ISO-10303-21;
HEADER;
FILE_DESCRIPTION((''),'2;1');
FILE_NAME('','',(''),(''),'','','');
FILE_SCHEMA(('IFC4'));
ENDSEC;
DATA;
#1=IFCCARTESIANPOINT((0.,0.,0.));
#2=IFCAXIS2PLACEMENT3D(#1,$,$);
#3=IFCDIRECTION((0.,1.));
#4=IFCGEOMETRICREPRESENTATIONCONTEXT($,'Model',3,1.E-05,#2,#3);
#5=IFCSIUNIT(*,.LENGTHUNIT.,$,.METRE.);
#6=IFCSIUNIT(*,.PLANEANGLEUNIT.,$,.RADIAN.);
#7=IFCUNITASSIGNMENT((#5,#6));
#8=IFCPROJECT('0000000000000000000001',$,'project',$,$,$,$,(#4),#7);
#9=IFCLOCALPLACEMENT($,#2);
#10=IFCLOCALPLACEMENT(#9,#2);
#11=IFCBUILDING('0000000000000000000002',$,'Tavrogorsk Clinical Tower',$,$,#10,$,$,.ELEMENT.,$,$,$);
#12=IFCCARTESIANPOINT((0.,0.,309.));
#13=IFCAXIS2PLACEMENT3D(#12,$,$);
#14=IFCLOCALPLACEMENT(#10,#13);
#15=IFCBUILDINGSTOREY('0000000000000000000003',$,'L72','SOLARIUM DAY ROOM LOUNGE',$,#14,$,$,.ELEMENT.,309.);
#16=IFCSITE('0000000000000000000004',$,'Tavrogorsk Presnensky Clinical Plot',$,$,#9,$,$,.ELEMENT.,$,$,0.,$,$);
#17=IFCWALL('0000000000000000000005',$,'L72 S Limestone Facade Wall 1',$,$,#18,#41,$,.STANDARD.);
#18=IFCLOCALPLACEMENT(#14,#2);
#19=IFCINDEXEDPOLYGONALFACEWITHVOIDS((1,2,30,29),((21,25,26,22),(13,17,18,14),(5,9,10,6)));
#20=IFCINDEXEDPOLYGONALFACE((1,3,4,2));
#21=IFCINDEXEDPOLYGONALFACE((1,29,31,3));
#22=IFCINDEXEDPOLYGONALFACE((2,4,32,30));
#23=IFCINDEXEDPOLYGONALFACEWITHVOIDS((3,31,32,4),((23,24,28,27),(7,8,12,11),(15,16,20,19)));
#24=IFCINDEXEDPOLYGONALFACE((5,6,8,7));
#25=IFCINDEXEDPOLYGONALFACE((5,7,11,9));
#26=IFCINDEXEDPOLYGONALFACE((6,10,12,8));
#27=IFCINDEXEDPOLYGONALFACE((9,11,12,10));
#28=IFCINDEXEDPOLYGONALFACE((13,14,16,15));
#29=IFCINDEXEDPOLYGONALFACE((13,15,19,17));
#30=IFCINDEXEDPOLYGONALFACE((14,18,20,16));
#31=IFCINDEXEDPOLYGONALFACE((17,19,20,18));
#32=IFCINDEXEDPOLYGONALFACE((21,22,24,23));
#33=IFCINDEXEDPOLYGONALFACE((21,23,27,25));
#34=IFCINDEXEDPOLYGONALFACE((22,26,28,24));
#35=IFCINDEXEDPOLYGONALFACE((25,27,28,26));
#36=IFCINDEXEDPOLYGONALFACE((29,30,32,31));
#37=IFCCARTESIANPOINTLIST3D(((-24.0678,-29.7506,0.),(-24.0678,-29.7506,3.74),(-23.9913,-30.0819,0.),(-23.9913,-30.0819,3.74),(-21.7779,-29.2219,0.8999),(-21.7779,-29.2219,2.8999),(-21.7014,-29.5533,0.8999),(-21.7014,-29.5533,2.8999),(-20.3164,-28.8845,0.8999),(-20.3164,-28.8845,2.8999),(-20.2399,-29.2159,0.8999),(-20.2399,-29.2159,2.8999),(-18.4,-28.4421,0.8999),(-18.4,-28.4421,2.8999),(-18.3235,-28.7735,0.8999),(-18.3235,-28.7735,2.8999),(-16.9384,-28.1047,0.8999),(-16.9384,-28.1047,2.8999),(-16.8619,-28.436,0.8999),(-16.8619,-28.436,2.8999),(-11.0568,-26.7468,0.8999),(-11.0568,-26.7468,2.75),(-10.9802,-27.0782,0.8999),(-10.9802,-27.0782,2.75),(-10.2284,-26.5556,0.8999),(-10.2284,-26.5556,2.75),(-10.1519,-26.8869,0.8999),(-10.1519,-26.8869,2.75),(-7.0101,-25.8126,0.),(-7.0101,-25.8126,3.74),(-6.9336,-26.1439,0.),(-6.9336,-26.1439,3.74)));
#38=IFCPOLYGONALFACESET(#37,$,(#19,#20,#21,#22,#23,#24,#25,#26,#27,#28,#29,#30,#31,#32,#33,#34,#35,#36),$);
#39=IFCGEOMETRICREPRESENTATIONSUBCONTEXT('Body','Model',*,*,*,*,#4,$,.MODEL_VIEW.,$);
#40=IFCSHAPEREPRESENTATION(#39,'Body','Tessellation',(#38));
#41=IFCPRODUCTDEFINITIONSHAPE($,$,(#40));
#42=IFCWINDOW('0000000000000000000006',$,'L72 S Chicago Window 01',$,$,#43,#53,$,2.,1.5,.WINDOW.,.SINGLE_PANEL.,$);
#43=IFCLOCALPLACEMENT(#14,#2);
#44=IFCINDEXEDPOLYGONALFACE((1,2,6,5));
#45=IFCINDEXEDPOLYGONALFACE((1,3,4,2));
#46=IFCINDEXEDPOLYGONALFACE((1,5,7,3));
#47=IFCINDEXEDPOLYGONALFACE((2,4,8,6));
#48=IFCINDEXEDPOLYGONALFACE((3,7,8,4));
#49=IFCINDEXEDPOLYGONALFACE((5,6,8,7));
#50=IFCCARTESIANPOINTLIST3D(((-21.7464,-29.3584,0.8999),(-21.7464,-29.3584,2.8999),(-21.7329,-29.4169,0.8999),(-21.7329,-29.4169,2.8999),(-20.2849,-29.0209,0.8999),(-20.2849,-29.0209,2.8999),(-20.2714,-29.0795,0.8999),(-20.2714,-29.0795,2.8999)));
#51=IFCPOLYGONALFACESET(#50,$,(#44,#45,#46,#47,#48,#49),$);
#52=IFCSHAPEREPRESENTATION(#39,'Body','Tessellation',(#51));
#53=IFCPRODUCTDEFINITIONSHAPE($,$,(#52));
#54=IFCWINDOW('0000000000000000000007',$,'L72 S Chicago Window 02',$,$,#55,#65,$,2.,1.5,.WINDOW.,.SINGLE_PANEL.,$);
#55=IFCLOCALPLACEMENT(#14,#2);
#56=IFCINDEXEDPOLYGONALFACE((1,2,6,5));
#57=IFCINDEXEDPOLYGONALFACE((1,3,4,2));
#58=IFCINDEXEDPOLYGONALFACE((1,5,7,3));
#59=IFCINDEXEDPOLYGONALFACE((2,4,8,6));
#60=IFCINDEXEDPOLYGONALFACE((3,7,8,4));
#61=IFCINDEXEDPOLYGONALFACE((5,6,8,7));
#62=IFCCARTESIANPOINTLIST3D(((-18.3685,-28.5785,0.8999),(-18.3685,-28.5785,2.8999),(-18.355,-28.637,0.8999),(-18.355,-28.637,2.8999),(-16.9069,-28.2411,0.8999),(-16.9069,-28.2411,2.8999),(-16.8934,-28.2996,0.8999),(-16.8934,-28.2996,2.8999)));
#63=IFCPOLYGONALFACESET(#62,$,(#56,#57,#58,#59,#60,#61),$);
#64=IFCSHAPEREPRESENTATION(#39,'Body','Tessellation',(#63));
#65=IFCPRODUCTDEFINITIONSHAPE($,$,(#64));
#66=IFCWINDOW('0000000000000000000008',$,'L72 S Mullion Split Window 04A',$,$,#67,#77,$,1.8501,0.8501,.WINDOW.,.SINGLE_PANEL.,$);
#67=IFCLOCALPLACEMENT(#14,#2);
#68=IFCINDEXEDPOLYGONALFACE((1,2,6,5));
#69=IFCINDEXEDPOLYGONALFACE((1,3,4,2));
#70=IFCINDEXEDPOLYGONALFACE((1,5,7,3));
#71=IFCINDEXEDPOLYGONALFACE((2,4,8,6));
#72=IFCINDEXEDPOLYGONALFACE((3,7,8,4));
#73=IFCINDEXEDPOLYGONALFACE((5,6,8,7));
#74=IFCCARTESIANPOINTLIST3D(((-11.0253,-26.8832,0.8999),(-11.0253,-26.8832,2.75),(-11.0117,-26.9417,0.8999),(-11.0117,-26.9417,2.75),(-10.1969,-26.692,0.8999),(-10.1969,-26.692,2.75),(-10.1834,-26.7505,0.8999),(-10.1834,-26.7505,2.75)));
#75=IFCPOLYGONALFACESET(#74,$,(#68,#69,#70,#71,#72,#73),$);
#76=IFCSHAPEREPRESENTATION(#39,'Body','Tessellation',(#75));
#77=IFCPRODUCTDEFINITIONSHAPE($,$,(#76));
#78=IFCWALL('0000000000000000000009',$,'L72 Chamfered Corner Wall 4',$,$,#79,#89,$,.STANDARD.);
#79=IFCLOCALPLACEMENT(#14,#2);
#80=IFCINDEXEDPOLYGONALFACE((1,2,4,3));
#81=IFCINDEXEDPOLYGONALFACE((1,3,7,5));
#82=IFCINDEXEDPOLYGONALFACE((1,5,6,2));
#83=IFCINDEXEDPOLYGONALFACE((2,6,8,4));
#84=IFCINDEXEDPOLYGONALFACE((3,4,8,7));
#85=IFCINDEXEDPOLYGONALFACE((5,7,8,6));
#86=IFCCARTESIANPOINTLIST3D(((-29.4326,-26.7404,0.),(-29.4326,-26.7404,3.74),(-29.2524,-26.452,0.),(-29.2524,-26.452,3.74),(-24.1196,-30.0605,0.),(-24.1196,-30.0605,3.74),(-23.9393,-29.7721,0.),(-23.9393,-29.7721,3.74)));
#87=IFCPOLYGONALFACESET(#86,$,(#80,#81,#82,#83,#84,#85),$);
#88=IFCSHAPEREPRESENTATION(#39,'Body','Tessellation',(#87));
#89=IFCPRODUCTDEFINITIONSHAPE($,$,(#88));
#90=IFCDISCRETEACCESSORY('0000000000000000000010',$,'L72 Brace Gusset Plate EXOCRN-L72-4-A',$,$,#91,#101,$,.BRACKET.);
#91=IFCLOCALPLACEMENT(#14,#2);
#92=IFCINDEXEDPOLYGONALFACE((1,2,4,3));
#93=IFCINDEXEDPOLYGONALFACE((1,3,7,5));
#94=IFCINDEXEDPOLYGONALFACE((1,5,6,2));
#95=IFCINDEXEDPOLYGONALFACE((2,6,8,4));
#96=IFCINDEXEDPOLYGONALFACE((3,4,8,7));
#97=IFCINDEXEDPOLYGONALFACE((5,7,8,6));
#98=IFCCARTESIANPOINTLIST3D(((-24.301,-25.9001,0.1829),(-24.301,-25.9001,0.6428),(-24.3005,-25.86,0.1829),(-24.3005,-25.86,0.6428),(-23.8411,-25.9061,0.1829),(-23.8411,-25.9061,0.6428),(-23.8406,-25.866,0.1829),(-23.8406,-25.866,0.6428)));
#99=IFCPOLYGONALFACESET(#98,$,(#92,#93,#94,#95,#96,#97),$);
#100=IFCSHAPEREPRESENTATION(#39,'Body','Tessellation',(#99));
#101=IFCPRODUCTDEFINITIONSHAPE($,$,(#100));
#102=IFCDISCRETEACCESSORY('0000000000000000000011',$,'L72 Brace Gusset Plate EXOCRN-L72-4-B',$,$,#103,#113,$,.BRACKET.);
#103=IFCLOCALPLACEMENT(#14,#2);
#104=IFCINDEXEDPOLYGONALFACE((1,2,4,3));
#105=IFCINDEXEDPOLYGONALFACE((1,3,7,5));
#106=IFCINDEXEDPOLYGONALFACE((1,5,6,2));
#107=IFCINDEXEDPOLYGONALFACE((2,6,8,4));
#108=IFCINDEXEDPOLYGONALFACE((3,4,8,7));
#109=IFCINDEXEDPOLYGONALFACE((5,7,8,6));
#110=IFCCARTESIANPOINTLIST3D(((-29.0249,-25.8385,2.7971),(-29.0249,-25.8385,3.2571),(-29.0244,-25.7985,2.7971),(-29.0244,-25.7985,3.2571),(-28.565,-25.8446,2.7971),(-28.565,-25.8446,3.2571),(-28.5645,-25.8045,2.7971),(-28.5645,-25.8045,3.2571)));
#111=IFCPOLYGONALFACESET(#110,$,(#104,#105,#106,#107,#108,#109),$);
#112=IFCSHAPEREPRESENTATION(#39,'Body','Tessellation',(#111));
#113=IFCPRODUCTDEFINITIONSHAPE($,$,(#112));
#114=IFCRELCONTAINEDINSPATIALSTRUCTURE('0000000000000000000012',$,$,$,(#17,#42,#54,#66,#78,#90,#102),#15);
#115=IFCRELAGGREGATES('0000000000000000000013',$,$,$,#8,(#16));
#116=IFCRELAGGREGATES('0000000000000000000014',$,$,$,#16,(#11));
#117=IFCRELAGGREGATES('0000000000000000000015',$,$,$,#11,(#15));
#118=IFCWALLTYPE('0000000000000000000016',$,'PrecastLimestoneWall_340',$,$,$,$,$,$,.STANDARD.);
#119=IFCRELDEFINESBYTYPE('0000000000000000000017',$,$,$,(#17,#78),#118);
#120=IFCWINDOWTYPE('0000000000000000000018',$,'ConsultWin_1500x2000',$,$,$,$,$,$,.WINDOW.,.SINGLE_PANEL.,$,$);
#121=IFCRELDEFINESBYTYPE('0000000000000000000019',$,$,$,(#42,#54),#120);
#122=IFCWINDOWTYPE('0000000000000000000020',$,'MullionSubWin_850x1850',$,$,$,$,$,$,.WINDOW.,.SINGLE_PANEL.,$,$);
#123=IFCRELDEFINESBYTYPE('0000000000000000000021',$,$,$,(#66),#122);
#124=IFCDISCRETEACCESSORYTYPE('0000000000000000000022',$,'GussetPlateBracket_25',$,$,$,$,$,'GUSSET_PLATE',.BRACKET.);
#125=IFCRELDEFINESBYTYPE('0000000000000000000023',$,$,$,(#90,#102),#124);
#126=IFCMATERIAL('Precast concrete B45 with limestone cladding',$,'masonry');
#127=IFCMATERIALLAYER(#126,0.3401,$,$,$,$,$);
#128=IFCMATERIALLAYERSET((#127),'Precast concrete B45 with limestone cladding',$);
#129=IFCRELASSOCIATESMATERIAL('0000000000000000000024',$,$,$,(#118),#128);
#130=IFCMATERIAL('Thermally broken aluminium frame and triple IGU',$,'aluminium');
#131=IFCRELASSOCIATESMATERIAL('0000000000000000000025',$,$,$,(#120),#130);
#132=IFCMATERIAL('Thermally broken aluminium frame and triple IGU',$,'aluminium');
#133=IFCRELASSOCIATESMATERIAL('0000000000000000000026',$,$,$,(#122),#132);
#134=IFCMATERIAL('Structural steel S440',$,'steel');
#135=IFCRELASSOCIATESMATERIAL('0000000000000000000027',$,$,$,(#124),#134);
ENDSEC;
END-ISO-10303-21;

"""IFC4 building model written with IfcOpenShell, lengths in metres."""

from ifc_helpers import new_model, si_unit, direction, frame, frame_2d, origin, origin_2d, place, context, subcontext, project, spatial, rectangle, extrude, material, layer, layer_set, type_object, element, fill, save


model = new_model("IFC4")

# Units and contexts
model_context = context("Model", 3, precision=1e-05, world=origin(), true_north=direction((0.0, 1.0)))
body_context = subcontext(model_context, "Body", "Model", "MODEL_VIEW")
ifc_project = project(units=[si_unit("LENGTHUNIT", "METRE"), si_unit("PLANEANGLEUNIT", "RADIAN")], contexts=[model_context])

# Site, building, storey
site_placement = place(None, origin())
site = spatial("IfcSite", under=ifc_project, at=site_placement, Name="Tavrogorsk Presnensky Clinical Plot", CompositionType="ELEMENT", RefElevation=0.0)
building_placement = place(site_placement, origin())
building = spatial("IfcBuilding", under=site, at=building_placement, Name="Tavrogorsk Clinical Tower", CompositionType="ELEMENT")
storey_placement = place(building_placement, frame((0.0, 0.0, 309.0)))
storey = spatial("IfcBuildingStorey", under=building, at=storey_placement, Name="L72", Description="SOLARIUM DAY ROOM LOUNGE", CompositionType="ELEMENT", Elevation=309.0)

# Wall, openings, windows
ifc_material_1 = material(Name="Precast concrete B45 with limestone cladding", Category="masonry")
ifc_layer_1 = layer(ifc_material_1, 0.3401)
ifc_layer_set_1 = layer_set([ifc_layer_1], Name="Precast concrete B45 with limestone cladding")
wall_type_1 = type_object("IfcWallType", Name="PrecastLimestoneWall_340", PredefinedType="STANDARD", material=ifc_layer_set_1)
wall_1_placement = place(storey_placement, frame((-24.0295, -29.9163, 0.0), z_axis=(0.0, 0.0, 1.0), x_axis=(0.974371, 0.224947, 0.0)))
wall_1 = element("IfcWall", 1, at=wall_1_placement, inside=storey, type_object=wall_type_1, Name="L72 S Limestone Facade Wall 1", PredefinedType="STANDARD", context=body_context, shape_type="SweptSolid", body=[
    extrude(rectangle(XDim=17.5063, YDim=0.3401, at=frame_2d((8.7532, 0.0))), origin(), (0.0, 0.0, 1.0), 3.74),
])
opening_1_placement = place(wall_1_placement, frame((2.3501, 0.0, 0.8999)))
opening_1 = element("IfcOpeningElement", 2, at=opening_1_placement, cuts=wall_1, PredefinedType="OPENING", context=body_context, shape_type="SweptSolid", body=[
    extrude(rectangle(XDim=1.5, YDim=2.0, at=frame_2d((0.75, 1.0))), frame((0.0, 0.1799, 0.0), z_axis=(0.0, -1.0, 0.0), x_axis=(1.0, 0.0, 0.0)), (0.0, 0.0, 1.0), 0.3601),
])
opening_2_placement = place(wall_1_placement, frame((5.8169, 0.0, 0.8999)))
opening_2 = element("IfcOpeningElement", 3, at=opening_2_placement, cuts=wall_1, PredefinedType="OPENING", context=body_context, shape_type="SweptSolid", body=[
    extrude(rectangle(XDim=1.5, YDim=2.0, at=frame_2d((0.75, 1.0))), frame((0.0, 0.1799, 0.0), z_axis=(0.0, -1.0, 0.0), x_axis=(1.0, 0.0, 0.0)), (0.0, 0.0, 1.0), 0.3601),
])
opening_3_placement = place(wall_1_placement, frame((13.3533, 0.0, 0.8999)))
opening_3 = element("IfcOpeningElement", 4, at=opening_3_placement, cuts=wall_1, PredefinedType="OPENING", context=body_context, shape_type="SweptSolid", body=[
    extrude(rectangle(XDim=0.8501, YDim=1.8501, at=frame_2d((0.425, 0.925))), frame((0.0, 0.1799, 0.0), z_axis=(0.0, -1.0, 0.0), x_axis=(1.0, 0.0, 0.0)), (0.0, 0.0, 1.0), 0.3601),
])
ifc_material_2 = material(Name="Thermally broken aluminium frame and triple IGU", Category="aluminium")
window_type_1 = type_object("IfcWindowType", Name="ConsultWin_1500x2000", PartitioningType="SINGLE_PANEL", PredefinedType="WINDOW", material=ifc_material_2)
window_1_placement = place(opening_1_placement, origin())
window_1 = element("IfcWindow", 5, at=window_1_placement, inside=storey, type_object=window_type_1, Name="L72 S Chicago Window 01", OverallHeight=2.0, OverallWidth=1.5, PartitioningType="SINGLE_PANEL", PredefinedType="WINDOW", context=body_context, shape_type="SweptSolid", body=[
    extrude(rectangle(XDim=1.5, YDim=2.0, at=frame_2d((0.75, 1.0))), frame((0.0, 0.03, 0.0), z_axis=(0.0, -1.0, 0.0), x_axis=(1.0, 0.0, 0.0)), (0.0, 0.0, 1.0), 0.0601),
])
fill(opening_1, window_1)
window_2_placement = place(opening_2_placement, origin())
window_2 = element("IfcWindow", 6, at=window_2_placement, inside=storey, type_object=window_type_1, Name="L72 S Chicago Window 02", OverallHeight=2.0, OverallWidth=1.5, PartitioningType="SINGLE_PANEL", PredefinedType="WINDOW", context=body_context, shape_type="SweptSolid", body=[
    extrude(rectangle(XDim=1.5, YDim=2.0, at=frame_2d((0.75, 1.0))), frame((0.0, 0.03, 0.0), z_axis=(0.0, -1.0, 0.0), x_axis=(1.0, 0.0, 0.0)), (0.0, 0.0, 1.0), 0.0601),
])
fill(opening_2, window_2)
ifc_material_3 = material(Name="Thermally broken aluminium frame and triple IGU", Category="aluminium")
window_type_2 = type_object("IfcWindowType", Name="MullionSubWin_850x1850", PartitioningType="SINGLE_PANEL", PredefinedType="WINDOW", material=ifc_material_3)
window_3_placement = place(opening_3_placement, origin())
window_3 = element("IfcWindow", 7, at=window_3_placement, inside=storey, type_object=window_type_2, Name="L72 S Mullion Split Window 04A", OverallHeight=1.8501, OverallWidth=0.8501, PartitioningType="SINGLE_PANEL", PredefinedType="WINDOW", context=body_context, shape_type="SweptSolid", body=[
    extrude(rectangle(XDim=0.8501, YDim=1.8501, at=frame_2d((0.425, 0.925))), frame((0.0, 0.03, 0.0), z_axis=(0.0, -1.0, 0.0), x_axis=(1.0, 0.0, 0.0)), (0.0, 0.0, 1.0), 0.0601),
])
fill(opening_3, window_3)

# Wall
wall_2_placement = place(storey_placement, frame((-29.3425, -26.5962, 0.0), z_axis=(0.0, 0.0, 1.0), x_axis=(0.848038, -0.529936, 0.0)))
element("IfcWall", 8, at=wall_2_placement, inside=storey, type_object=wall_type_1, Name="L72 Chamfered Corner Wall 4", PredefinedType="STANDARD", context=body_context, shape_type="SweptSolid", body=[
    extrude(rectangle(XDim=6.2651, YDim=0.3401, at=frame_2d((3.1326, 0.0))), origin(), (0.0, 0.0, 1.0), 3.74),
])

# Discrete accessories
ifc_material_4 = material(Name="Structural steel S440", Category="steel")
discrete_accessory_type = type_object("IfcDiscreteAccessoryType", Name="GussetPlateBracket_25", ElementType="GUSSET_PLATE", PredefinedType="BRACKET", material=ifc_material_4)
for number, where, z_axis, x_axis, name in (
    (9, (-24.0708, -25.8831, 0.1829), (0.0, 0.0, 1.0), (-0.999914, 0.01309, 0.0), "L72 Brace Gusset Plate EXOCRN-L72-4-A"),
    (10, (-28.7947, -25.8215, 2.7971), (0.0, 0.0, 1.0), (-0.999914, 0.01309, 0.0), "L72 Brace Gusset Plate EXOCRN-L72-4-B"),
):
    element("IfcDiscreteAccessory", number, at=place(storey_placement, frame(where, z_axis=z_axis, x_axis=x_axis)), inside=storey, type_object=discrete_accessory_type, Name=name, PredefinedType="BRACKET", context=body_context, shape_type="SweptSolid", body=[
        extrude(rectangle(XDim=0.46, YDim=0.04, at=origin_2d()), origin(), (0.0, 0.0, 1.0), 0.46),
    ])

save(model, "model.ifc")
